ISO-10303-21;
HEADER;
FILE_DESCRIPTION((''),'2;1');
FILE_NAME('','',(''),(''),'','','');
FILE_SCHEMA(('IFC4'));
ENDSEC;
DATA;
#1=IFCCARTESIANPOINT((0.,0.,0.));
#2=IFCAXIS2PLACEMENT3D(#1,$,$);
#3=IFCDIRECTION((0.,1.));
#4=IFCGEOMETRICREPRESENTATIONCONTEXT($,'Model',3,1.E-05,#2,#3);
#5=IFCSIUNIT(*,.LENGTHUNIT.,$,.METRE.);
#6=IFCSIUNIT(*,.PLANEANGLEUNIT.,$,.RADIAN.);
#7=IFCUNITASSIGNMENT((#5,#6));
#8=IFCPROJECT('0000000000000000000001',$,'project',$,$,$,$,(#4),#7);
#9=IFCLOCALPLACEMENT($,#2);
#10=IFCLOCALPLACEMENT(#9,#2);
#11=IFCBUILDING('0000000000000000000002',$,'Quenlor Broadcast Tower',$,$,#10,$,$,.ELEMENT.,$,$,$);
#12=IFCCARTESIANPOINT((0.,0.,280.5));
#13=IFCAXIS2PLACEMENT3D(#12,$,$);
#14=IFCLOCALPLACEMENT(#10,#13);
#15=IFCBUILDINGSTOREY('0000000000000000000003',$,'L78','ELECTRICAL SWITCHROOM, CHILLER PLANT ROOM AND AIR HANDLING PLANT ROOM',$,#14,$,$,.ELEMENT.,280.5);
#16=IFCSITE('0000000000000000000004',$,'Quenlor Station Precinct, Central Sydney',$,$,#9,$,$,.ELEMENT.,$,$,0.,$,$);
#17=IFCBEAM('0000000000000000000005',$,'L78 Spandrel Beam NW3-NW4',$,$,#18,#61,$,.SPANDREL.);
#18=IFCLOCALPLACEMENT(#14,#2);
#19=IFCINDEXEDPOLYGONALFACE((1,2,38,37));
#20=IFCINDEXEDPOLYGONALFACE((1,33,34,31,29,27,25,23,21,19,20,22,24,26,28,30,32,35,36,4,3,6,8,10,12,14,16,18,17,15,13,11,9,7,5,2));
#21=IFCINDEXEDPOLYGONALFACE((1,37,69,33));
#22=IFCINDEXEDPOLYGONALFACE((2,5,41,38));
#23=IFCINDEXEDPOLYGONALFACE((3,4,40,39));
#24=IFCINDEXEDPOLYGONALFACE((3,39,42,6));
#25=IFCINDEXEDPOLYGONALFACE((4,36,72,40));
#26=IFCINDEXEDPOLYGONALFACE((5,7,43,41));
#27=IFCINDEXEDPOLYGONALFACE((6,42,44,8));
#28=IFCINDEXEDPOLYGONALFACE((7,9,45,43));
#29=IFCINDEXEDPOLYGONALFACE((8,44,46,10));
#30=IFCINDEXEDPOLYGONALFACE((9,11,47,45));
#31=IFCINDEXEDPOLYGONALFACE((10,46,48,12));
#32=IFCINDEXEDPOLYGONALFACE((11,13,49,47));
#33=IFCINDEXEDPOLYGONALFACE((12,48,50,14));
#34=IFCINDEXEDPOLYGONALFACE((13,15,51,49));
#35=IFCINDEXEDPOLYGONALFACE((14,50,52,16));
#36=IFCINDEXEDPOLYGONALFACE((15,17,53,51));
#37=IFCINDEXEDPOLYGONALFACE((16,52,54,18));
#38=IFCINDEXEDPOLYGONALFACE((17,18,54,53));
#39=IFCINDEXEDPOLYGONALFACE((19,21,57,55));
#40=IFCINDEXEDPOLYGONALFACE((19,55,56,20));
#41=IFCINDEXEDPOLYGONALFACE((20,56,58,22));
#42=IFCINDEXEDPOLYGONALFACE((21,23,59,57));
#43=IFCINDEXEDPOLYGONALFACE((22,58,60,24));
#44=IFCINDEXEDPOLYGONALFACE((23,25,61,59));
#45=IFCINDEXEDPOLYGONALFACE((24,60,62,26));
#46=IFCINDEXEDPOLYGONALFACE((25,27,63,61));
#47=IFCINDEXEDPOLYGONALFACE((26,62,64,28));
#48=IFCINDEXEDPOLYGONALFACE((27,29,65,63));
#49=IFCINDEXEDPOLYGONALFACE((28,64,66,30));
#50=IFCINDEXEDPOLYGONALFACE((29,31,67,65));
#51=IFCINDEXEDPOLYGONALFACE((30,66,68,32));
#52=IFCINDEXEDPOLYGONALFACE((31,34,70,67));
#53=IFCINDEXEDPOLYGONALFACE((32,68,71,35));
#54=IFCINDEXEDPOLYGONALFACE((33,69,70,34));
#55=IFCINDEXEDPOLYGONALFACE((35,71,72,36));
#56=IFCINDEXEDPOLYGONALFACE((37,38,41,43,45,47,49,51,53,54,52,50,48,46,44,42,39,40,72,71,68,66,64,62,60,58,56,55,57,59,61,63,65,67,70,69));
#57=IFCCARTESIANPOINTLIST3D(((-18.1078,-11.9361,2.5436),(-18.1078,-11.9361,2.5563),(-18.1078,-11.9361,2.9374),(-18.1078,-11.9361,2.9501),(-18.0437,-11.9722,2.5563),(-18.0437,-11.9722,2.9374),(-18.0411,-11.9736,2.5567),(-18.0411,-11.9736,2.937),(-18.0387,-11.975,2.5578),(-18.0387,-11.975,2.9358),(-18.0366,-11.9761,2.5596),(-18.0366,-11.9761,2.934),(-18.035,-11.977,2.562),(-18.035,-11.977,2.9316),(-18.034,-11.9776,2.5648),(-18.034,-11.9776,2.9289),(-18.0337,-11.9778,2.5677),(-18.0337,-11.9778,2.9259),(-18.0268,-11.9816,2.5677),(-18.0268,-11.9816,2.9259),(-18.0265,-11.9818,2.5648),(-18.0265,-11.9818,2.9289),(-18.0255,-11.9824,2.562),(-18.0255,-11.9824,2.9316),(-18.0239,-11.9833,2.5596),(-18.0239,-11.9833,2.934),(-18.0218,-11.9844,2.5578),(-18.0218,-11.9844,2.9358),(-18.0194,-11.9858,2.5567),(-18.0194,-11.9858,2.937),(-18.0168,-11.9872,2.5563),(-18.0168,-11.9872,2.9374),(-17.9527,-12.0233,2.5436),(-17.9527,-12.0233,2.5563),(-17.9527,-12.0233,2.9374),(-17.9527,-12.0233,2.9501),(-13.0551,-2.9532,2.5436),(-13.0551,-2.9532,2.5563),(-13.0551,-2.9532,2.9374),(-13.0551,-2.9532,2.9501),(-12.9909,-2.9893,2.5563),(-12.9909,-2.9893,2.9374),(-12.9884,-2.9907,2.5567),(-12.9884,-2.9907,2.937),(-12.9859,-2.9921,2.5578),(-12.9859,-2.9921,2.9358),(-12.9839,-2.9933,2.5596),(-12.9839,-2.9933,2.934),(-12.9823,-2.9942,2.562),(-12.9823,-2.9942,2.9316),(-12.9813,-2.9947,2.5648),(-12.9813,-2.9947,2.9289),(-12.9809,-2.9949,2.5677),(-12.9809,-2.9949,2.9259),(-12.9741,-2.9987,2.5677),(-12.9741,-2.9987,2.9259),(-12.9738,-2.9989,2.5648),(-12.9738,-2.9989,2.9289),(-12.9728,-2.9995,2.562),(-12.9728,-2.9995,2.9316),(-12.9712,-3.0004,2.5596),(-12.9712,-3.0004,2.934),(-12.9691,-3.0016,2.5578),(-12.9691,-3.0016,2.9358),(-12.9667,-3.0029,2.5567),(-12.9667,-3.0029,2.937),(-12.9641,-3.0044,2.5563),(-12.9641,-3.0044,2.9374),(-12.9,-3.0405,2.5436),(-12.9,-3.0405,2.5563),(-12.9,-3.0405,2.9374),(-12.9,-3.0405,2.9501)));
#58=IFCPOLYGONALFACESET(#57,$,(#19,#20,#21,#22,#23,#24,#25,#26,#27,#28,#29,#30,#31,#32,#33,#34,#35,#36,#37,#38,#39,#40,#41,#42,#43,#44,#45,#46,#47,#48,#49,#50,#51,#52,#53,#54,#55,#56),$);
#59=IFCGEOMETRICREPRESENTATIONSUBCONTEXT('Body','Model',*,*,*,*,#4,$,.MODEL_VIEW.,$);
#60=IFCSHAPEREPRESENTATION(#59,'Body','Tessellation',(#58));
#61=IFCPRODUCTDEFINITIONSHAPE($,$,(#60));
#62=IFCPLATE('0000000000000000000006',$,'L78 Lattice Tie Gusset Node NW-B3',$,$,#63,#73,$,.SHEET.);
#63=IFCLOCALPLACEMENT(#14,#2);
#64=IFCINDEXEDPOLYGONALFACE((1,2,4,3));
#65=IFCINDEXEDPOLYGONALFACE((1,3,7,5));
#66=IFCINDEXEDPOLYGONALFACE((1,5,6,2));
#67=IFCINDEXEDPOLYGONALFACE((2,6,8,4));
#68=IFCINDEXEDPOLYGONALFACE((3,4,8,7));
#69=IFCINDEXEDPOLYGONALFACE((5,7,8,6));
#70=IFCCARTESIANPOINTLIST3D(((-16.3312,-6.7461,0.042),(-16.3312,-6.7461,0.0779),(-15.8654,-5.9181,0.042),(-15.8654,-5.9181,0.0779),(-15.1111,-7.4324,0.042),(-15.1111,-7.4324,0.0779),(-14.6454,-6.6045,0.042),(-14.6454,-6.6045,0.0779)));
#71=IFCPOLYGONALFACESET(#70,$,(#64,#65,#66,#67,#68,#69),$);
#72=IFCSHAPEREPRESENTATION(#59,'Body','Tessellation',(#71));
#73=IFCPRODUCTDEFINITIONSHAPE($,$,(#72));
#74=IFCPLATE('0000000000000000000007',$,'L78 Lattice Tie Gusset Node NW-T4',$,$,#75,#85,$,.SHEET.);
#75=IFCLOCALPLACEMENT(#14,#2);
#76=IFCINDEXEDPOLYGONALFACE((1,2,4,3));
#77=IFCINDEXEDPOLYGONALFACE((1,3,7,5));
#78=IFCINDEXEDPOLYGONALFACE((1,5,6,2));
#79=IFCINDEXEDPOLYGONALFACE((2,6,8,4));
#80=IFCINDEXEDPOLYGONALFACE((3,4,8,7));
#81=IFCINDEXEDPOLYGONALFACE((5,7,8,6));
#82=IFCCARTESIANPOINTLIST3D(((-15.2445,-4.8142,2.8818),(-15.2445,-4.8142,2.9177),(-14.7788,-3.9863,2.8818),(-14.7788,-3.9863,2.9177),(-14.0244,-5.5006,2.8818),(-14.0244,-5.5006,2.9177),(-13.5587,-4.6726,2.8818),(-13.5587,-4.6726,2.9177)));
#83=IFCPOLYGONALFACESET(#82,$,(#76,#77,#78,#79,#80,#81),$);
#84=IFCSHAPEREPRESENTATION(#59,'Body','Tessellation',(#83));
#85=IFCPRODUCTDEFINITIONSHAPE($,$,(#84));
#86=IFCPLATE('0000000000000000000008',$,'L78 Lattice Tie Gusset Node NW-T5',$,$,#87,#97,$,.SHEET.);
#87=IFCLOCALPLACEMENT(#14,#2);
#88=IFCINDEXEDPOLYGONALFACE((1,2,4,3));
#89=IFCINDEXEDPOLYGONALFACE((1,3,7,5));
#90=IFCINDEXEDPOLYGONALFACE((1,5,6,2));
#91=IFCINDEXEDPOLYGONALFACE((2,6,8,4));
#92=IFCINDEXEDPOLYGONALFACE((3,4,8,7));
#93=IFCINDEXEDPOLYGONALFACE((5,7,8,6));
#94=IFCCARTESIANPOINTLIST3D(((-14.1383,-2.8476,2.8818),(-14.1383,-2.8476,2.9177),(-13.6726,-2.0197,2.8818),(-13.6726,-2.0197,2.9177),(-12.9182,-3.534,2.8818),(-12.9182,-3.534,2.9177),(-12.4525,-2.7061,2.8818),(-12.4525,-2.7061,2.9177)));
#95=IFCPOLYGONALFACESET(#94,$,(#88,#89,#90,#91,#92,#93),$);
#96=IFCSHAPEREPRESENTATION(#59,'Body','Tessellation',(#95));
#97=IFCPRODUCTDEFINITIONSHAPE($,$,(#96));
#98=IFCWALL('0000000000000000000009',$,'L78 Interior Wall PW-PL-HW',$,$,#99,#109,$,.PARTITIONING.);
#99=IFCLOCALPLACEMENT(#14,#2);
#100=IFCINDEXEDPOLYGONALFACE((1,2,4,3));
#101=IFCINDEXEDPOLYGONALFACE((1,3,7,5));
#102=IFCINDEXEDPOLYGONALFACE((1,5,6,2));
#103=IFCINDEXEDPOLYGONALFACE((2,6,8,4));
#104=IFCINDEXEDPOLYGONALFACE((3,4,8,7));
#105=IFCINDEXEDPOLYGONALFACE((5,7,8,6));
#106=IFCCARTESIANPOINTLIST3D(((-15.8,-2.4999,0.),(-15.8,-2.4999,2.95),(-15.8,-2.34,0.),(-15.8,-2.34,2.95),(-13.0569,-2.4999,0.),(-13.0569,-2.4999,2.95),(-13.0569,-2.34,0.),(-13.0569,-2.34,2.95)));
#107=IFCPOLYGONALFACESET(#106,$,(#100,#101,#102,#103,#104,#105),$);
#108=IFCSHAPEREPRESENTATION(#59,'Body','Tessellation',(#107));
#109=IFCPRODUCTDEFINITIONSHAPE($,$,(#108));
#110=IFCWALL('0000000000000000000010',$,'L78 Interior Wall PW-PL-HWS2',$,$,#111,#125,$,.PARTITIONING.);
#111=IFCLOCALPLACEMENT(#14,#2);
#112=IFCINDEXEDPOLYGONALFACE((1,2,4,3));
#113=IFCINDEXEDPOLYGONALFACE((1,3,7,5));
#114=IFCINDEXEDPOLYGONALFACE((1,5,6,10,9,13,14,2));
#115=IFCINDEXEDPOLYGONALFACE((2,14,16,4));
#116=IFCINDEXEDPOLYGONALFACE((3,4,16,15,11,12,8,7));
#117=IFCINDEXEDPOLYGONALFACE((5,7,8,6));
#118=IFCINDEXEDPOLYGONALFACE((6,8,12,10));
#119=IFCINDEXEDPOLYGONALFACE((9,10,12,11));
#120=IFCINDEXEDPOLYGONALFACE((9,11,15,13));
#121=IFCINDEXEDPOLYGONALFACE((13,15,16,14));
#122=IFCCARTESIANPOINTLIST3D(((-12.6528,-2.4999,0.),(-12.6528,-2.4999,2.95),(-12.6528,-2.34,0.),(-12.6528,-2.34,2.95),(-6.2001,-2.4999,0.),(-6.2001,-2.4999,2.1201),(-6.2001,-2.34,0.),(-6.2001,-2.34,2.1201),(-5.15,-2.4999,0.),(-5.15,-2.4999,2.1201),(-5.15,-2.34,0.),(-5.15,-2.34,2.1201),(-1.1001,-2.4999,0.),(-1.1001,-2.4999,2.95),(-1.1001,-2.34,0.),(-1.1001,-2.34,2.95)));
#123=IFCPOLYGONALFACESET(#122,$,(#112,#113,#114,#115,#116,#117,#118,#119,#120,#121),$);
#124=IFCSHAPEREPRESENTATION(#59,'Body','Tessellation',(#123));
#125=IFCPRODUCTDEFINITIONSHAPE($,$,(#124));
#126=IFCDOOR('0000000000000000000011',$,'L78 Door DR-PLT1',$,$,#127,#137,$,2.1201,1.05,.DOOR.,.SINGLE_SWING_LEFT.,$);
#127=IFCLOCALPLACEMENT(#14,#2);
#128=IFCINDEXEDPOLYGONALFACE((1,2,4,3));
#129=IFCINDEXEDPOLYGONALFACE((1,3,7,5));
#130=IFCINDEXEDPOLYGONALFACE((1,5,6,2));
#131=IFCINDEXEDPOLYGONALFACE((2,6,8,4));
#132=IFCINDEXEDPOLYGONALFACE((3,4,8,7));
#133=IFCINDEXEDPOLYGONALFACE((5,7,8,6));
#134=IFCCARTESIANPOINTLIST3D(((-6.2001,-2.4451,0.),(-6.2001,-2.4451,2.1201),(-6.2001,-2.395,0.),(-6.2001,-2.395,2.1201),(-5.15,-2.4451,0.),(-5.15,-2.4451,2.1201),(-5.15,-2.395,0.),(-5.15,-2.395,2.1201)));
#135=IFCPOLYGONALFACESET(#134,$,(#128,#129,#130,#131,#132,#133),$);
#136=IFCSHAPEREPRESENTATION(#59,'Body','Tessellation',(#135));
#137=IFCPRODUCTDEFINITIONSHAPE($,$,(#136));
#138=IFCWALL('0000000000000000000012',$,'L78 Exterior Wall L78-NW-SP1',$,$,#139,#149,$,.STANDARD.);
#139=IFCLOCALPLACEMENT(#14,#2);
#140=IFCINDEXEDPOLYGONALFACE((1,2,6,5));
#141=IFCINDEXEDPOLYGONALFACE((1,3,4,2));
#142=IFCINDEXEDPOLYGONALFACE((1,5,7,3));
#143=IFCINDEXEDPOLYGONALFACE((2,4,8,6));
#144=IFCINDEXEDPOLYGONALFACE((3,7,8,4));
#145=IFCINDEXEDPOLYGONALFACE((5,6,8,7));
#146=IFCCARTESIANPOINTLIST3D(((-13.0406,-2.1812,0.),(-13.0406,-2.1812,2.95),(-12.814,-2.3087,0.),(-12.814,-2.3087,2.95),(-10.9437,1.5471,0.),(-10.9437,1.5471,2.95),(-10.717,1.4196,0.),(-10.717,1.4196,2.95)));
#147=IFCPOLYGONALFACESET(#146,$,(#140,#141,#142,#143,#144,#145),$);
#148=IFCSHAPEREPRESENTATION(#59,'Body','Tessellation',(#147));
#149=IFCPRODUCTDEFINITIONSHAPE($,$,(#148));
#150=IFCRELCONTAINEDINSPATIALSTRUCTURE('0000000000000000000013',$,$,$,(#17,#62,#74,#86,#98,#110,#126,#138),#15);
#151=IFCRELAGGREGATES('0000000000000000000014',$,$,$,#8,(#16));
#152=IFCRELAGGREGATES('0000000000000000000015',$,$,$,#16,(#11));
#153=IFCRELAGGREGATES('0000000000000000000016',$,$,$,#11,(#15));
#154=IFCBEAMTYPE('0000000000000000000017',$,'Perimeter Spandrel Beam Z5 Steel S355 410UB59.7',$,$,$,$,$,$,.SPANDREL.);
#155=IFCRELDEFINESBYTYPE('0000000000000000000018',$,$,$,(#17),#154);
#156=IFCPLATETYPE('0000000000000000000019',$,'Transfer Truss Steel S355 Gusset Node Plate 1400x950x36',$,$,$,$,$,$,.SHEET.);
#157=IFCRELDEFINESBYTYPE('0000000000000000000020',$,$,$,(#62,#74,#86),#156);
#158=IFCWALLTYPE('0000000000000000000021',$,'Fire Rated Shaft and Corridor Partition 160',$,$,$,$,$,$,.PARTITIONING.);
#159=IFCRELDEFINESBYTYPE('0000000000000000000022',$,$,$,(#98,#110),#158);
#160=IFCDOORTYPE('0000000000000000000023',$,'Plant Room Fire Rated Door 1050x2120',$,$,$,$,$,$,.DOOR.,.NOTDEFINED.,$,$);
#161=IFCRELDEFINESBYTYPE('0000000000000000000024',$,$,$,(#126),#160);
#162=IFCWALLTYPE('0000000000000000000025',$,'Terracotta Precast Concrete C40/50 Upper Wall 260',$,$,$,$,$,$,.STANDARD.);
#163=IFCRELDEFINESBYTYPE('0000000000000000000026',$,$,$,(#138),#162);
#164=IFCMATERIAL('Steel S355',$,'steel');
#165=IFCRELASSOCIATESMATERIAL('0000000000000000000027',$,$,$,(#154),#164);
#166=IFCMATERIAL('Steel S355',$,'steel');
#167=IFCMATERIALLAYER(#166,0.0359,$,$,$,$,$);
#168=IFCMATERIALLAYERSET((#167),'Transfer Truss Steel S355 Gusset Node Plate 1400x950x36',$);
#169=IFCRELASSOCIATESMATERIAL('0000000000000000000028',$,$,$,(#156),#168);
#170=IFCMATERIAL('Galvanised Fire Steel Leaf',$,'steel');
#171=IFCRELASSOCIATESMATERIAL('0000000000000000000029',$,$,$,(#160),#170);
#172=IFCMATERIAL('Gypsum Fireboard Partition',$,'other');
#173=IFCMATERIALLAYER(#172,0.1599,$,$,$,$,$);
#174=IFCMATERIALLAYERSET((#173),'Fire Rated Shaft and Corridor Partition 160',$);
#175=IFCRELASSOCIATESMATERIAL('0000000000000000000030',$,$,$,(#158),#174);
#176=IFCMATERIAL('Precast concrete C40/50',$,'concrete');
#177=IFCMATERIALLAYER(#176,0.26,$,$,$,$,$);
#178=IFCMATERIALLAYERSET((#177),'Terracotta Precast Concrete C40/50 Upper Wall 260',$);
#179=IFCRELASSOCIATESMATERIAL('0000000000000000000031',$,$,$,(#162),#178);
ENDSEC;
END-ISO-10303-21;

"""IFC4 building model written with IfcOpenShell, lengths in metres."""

from ifc_helpers import new_model, si_unit, direction, frame, frame_2d, origin, origin_2d, place, context, subcontext, project, spatial, rectangle, i_section, extrude, material, layer, layer_set, material_profile, profile_set, type_object, element, fill, save


model = new_model("IFC4")

# Units and contexts
model_context = context("Model", 3, precision=1e-05, world=origin(), true_north=direction((0.0, 1.0)))
body_context = subcontext(model_context, "Body", "Model", "MODEL_VIEW")
ifc_project = project(units=[si_unit("LENGTHUNIT", "METRE"), si_unit("PLANEANGLEUNIT", "RADIAN")], contexts=[model_context])

# Site, building, storey
site_placement = place(None, origin())
site = spatial("IfcSite", under=ifc_project, at=site_placement, Name="Quenlor Station Precinct, Central Sydney", CompositionType="ELEMENT", RefElevation=0.0)
building_placement = place(site_placement, origin())
building = spatial("IfcBuilding", under=site, at=building_placement, Name="Quenlor Broadcast Tower", CompositionType="ELEMENT")
storey_placement = place(building_placement, frame((0.0, 0.0, 280.5)))
storey = spatial("IfcBuildingStorey", under=building, at=storey_placement, Name="L78", Description="ELECTRICAL SWITCHROOM, CHILLER PLANT ROOM AND AIR HANDLING PLANT ROOM", CompositionType="ELEMENT", Elevation=280.5)

# Beam
ifc_material_1 = material(Name="Steel S355", Category="steel")
ifc_material_profile_1 = material_profile(ifc_material_1, i_section(OverallWidth=0.178, OverallDepth=0.4065, WebThickness=0.0078, FlangeThickness=0.0127, FilletRadius=0.0115, at=origin_2d()))
ifc_profile_set_1 = profile_set([ifc_material_profile_1], Name="Steel S355 410UB59.7")
beam_type_1 = type_object("IfcBeamType", Name="Perimeter Spandrel Beam Z5 Steel S355 410UB59.7", PredefinedType="SPANDREL", material=ifc_profile_set_1)
beam_1_placement = place(storey_placement, frame((-12.9775, -2.9968, 2.7468), z_axis=(-0.49025, -0.871582, 0.0), x_axis=(0.871582, -0.49025, 0.0)))
element("IfcBeam", 1, at=beam_1_placement, inside=storey, type_object=beam_type_1, Name="L78 Spandrel Beam NW3-NW4", PredefinedType="SPANDREL", context=body_context, shape_type="SweptSolid", body=[
    extrude(i_section(OverallWidth=0.178, OverallDepth=0.4065, WebThickness=0.0078, FlangeThickness=0.0127, FilletRadius=0.0115, at=origin_2d()), origin(), (0.0, 0.0, 1.0), 10.3064),
])

# Plates
ifc_material_2 = material(Name="Steel S355", Category="steel")
ifc_layer_1 = layer(ifc_material_2, 0.0359)
ifc_layer_set_1 = layer_set([ifc_layer_1], Name="Transfer Truss Steel S355 Gusset Node Plate 1400x950x36")
plate_type = type_object("IfcPlateType", Name="Transfer Truss Steel S355 Gusset Node Plate 1400x950x36", PredefinedType="SHEET", material=ifc_layer_set_1)
for number, where, z_axis, x_axis, name in (
    (2, (-15.4883, -6.6753, 0.042), (0.0, 0.0, 1.0), (-0.871556, 0.490295, 0.0), "L78 Lattice Tie Gusset Node NW-B3"),
    (3, (-14.4016, -4.7434, 2.8818), (0.0, 0.0, 1.0), (-0.871556, 0.490295, 0.0), "L78 Lattice Tie Gusset Node NW-T4"),
    (4, (-13.2954, -2.7769, 2.8818), (0.0, 0.0, 1.0), (-0.871556, 0.490295, 0.0), "L78 Lattice Tie Gusset Node NW-T5"),
):
    element("IfcPlate", number, at=place(storey_placement, frame(where, z_axis=z_axis, x_axis=x_axis)), inside=storey, type_object=plate_type, Name=name, PredefinedType="SHEET", context=body_context, shape_type="SweptSolid", body=[
        extrude(rectangle(XDim=1.3999, YDim=0.95, at=origin_2d()), origin(), (0.0, 0.0, 1.0), 0.0359),
    ])

# Shared definitions
ifc_material_3 = material(Name="Galvanised Fire Steel Leaf", Category="steel")
door_type = type_object("IfcDoorType", Name="Plant Room Fire Rated Door 1050x2120", OperationType="NOTDEFINED", PredefinedType="DOOR", material=ifc_material_3)

# Wall
ifc_material_4 = material(Name="Gypsum Fireboard Partition", Category="other")
ifc_layer_2 = layer(ifc_material_4, 0.1599)
ifc_layer_set_2 = layer_set([ifc_layer_2], Name="Fire Rated Shaft and Corridor Partition 160")
wall_type_1 = type_object("IfcWallType", Name="Fire Rated Shaft and Corridor Partition 160", PredefinedType="PARTITIONING", material=ifc_layer_set_2)
wall_1_placement = place(storey_placement, frame((-15.8, -2.4199, 0.0), z_axis=(0.0, 0.0, 1.0), x_axis=(1.0, 0.0, 0.0)))
element("IfcWall", 5, at=wall_1_placement, inside=storey, type_object=wall_type_1, Name="L78 Interior Wall PW-PL-HW", PredefinedType="PARTITIONING", context=body_context, shape_type="SweptSolid", body=[
    extrude(rectangle(XDim=2.7432, YDim=0.1599, at=frame_2d((1.3716, 0.0))), origin(), (0.0, 0.0, 1.0), 2.95),
])

# Wall, opening, door
wall_2_placement = place(storey_placement, frame((-12.6528, -2.4199, 0.0), z_axis=(0.0, 0.0, 1.0), x_axis=(1.0, 0.0, 0.0)))
wall_2 = element("IfcWall", 6, at=wall_2_placement, inside=storey, type_object=wall_type_1, Name="L78 Interior Wall PW-PL-HWS2", PredefinedType="PARTITIONING", context=body_context, shape_type="SweptSolid", body=[
    extrude(rectangle(XDim=11.5527, YDim=0.1599, at=frame_2d((5.7764, 0.0))), origin(), (0.0, 0.0, 1.0), 2.95),
])
opening_1_placement = place(wall_2_placement, frame((6.4529, 0.0, 0.0)))
opening_1 = element("IfcOpeningElement", 7, at=opening_1_placement, cuts=wall_2, PredefinedType="OPENING", context=body_context, shape_type="SweptSolid", body=[
    extrude(rectangle(XDim=1.05, YDim=2.1201, at=frame_2d((0.5249, 1.0601))), frame((0.0, 0.0898, 0.0), z_axis=(0.0, -1.0, 0.0), x_axis=(1.0, 0.0, 0.0)), (0.0, 0.0, 1.0), 0.1799),
])
door_1_placement = place(opening_1_placement, origin())
door_1 = element("IfcDoor", 8, at=door_1_placement, inside=storey, type_object=door_type, Name="L78 Door DR-PLT1", OperationType="SINGLE_SWING_LEFT", OverallHeight=2.1201, OverallWidth=1.05, PredefinedType="DOOR", context=body_context, shape_type="SweptSolid", body=[
    extrude(rectangle(XDim=1.05, YDim=2.1201, at=frame_2d((0.5249, 1.0601))), frame((0.0, 0.0249, 0.0), z_axis=(0.0, -1.0, 0.0), x_axis=(1.0, 0.0, 0.0)), (0.0, 0.0, 1.0), 0.05),
])
fill(opening_1, door_1)

# Wall
ifc_material_5 = material(Name="Precast concrete C40/50", Category="concrete")
ifc_layer_3 = layer(ifc_material_5, 0.26)
ifc_layer_set_3 = layer_set([ifc_layer_3], Name="Terracotta Precast Concrete C40/50 Upper Wall 260")
wall_type_2 = type_object("IfcWallType", Name="Terracotta Precast Concrete C40/50 Upper Wall 260", PredefinedType="STANDARD", material=ifc_layer_set_3)
wall_3_placement = place(storey_placement, frame((-12.9272, -2.2449, 0.0), z_axis=(0.0, 0.0, 1.0), x_axis=(0.490221, 0.871598, 0.0)))
element("IfcWall", 9, at=wall_3_placement, inside=storey, type_object=wall_type_2, Name="L78 Exterior Wall L78-NW-SP1", PredefinedType="STANDARD", context=body_context, shape_type="SweptSolid", body=[
    extrude(rectangle(XDim=4.2776, YDim=0.26, at=frame_2d((2.1387, 0.0))), origin(), (0.0, 0.0, 1.0), 2.95),
])

save(model, "model.ifc")
